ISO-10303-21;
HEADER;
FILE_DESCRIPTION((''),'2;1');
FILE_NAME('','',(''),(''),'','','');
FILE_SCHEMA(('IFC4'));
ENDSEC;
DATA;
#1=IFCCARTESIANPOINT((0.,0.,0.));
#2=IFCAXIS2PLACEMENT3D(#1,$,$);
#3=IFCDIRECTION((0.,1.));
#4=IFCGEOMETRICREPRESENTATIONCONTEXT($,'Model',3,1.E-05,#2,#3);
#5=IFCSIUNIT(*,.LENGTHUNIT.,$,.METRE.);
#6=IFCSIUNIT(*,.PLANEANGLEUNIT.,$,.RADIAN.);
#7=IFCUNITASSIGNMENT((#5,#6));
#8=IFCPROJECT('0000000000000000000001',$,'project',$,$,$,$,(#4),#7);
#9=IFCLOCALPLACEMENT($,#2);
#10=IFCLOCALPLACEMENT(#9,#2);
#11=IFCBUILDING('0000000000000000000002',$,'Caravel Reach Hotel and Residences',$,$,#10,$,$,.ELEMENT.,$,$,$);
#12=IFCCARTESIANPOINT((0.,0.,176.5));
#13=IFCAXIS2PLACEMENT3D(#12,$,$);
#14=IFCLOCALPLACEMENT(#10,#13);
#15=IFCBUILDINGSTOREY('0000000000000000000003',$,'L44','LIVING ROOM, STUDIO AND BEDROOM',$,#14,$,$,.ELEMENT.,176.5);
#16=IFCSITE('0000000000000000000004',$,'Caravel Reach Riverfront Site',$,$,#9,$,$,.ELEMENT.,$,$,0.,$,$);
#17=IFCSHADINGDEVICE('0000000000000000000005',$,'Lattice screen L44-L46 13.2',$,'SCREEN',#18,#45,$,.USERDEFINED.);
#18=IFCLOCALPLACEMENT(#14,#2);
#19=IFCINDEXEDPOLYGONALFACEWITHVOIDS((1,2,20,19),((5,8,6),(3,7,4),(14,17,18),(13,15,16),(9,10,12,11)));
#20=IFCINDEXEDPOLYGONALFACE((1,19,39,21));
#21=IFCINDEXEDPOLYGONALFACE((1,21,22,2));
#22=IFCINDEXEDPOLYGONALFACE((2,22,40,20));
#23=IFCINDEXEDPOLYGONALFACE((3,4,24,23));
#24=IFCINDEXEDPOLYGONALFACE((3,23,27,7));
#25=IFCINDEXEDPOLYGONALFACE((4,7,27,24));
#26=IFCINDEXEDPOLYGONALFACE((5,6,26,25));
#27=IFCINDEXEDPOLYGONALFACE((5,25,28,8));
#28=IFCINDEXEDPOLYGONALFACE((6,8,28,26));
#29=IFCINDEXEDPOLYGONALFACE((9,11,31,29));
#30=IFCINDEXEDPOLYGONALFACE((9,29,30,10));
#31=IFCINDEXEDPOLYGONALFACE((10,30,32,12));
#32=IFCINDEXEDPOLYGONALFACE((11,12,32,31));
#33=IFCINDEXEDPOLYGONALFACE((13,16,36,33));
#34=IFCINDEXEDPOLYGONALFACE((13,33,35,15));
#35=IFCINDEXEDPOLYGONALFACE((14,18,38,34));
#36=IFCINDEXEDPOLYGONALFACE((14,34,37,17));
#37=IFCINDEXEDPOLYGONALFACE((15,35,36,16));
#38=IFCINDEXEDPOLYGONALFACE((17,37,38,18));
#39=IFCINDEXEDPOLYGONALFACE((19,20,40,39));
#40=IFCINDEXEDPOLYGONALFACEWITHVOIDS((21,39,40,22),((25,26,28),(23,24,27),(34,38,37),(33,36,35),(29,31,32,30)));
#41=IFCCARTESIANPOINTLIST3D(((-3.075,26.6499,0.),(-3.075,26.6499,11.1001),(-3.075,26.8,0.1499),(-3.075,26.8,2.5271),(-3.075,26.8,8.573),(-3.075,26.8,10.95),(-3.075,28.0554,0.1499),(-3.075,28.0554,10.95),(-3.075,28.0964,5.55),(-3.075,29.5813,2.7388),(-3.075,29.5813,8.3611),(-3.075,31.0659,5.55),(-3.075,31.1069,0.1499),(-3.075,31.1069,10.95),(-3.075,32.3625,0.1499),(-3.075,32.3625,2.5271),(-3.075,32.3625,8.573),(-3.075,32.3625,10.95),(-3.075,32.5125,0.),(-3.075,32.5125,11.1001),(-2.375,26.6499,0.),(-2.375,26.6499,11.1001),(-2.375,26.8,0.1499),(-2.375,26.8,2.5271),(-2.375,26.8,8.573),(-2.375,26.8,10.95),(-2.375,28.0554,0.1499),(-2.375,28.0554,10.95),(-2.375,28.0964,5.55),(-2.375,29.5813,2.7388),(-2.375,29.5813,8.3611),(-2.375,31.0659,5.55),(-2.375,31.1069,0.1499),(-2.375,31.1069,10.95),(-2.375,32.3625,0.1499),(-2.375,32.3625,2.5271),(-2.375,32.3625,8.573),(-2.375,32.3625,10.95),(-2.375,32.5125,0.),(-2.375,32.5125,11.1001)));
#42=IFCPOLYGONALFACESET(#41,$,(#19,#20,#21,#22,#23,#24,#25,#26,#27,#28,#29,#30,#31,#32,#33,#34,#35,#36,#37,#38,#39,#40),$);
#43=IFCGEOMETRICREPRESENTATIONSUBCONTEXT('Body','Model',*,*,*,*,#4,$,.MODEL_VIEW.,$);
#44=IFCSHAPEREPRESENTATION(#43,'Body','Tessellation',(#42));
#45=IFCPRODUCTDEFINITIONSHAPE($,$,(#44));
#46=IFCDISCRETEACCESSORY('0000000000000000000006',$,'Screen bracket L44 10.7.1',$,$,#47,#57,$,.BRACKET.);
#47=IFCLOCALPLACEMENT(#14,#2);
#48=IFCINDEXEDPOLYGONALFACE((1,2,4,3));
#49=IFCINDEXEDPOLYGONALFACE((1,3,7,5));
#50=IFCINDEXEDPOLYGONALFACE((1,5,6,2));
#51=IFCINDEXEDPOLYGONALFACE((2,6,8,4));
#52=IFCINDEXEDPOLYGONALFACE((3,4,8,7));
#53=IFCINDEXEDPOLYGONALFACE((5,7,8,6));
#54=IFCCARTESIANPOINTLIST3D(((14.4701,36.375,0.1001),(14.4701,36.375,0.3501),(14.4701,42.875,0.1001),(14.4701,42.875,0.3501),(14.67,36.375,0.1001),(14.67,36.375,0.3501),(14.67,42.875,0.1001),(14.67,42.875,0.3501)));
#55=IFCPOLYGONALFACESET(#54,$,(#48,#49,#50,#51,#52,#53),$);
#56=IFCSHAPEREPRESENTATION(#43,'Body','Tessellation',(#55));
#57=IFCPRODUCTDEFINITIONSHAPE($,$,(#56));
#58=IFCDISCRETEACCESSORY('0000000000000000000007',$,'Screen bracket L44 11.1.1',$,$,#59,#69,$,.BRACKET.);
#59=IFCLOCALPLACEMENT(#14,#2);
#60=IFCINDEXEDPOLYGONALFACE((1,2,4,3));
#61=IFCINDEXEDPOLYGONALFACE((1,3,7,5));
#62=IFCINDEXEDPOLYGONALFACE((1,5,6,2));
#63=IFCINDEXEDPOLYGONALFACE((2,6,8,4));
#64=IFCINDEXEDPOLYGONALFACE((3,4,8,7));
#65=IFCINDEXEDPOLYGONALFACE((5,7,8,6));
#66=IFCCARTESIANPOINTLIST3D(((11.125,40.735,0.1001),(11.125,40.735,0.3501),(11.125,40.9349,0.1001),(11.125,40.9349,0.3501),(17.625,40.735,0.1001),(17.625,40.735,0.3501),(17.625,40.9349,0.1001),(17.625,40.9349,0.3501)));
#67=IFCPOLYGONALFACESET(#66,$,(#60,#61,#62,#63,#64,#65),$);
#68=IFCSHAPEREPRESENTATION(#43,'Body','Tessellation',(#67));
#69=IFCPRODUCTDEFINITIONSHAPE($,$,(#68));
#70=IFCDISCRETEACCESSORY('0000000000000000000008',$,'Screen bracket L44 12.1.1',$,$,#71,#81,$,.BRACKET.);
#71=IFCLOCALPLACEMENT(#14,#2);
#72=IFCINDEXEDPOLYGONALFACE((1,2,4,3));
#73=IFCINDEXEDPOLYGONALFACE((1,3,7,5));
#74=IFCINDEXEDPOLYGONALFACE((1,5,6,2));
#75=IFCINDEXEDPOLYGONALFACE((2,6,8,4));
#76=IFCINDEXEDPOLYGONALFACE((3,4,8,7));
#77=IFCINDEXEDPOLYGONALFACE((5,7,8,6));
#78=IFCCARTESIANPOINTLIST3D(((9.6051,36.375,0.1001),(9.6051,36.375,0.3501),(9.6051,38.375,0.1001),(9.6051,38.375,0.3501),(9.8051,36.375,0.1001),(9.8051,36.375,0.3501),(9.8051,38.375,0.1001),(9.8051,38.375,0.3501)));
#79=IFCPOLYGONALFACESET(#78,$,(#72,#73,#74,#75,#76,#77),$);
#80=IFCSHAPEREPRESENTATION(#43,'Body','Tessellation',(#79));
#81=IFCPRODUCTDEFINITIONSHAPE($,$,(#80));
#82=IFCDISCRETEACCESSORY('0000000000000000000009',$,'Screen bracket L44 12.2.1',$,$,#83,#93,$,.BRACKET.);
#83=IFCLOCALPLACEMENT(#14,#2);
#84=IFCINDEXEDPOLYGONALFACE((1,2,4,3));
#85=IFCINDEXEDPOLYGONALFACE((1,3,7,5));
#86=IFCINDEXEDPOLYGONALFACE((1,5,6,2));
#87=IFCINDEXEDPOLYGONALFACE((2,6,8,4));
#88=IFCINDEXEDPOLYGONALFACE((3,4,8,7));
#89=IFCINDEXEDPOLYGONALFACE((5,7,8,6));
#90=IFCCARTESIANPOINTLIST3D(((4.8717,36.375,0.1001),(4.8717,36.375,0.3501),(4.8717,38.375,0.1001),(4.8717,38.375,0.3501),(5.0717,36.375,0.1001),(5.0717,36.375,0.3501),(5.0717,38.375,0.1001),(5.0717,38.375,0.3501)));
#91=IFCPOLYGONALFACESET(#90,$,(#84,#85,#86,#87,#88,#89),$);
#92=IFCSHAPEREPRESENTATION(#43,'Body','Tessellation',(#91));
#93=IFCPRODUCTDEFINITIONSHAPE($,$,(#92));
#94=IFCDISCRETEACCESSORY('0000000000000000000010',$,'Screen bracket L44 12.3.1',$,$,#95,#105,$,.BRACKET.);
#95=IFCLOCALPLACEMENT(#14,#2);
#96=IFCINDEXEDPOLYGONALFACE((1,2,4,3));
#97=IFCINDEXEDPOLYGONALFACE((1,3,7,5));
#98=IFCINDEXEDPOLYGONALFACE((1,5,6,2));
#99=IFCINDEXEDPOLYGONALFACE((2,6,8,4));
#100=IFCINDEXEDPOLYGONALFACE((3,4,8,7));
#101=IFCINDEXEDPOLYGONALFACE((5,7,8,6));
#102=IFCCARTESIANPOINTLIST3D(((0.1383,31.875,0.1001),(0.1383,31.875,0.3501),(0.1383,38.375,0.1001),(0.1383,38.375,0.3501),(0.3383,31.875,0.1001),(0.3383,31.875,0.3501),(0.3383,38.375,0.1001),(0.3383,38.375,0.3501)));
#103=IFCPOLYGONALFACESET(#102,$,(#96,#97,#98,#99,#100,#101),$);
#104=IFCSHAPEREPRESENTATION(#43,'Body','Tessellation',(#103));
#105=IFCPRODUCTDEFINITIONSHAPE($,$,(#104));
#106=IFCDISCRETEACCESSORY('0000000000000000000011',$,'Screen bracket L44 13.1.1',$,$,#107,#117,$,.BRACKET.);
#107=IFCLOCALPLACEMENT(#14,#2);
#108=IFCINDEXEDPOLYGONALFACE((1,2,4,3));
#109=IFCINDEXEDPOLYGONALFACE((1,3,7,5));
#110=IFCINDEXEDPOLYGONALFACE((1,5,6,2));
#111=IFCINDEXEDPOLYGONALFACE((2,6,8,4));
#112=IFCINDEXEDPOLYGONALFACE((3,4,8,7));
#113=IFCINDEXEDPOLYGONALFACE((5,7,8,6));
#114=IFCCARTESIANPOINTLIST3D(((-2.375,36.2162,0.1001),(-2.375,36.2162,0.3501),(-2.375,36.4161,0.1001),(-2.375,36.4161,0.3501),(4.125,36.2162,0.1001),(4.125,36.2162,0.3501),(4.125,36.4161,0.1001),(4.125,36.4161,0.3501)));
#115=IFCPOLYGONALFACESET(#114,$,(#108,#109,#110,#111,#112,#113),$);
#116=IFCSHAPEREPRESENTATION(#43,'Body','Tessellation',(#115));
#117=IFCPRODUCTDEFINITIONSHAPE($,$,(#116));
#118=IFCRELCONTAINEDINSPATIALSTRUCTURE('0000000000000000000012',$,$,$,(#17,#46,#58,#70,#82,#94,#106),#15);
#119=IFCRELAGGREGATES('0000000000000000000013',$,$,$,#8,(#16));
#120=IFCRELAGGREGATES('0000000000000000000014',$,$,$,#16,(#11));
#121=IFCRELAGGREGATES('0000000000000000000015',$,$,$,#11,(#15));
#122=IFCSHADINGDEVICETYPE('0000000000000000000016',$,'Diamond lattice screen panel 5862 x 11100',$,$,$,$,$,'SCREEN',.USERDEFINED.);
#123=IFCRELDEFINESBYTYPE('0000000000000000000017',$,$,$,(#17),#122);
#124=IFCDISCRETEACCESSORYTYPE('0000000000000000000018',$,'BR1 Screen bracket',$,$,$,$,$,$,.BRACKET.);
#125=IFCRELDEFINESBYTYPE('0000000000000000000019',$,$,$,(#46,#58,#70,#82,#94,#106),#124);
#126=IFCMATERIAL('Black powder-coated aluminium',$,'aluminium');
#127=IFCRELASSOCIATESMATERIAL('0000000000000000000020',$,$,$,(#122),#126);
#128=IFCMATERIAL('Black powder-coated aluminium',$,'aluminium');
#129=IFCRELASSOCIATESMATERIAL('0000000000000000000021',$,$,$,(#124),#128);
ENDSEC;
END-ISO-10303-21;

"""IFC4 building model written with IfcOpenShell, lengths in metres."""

from ifc_helpers import new_model, si_unit, direction, frame, origin, origin_2d, place, context, subcontext, project, spatial, polyline, rectangle, outline, extrude, material, type_object, element, save


model = new_model("IFC4")

# Units and contexts
model_context = context("Model", 3, precision=1e-05, world=origin(), true_north=direction((0.0, 1.0)))
body_context = subcontext(model_context, "Body", "Model", "MODEL_VIEW")
ifc_project = project(units=[si_unit("LENGTHUNIT", "METRE"), si_unit("PLANEANGLEUNIT", "RADIAN")], contexts=[model_context])

# Site, building, storey
site_placement = place(None, origin())
site = spatial("IfcSite", under=ifc_project, at=site_placement, Name="Caravel Reach Riverfront Site", CompositionType="ELEMENT", RefElevation=0.0)
building_placement = place(site_placement, origin())
building = spatial("IfcBuilding", under=site, at=building_placement, Name="Caravel Reach Hotel and Residences", CompositionType="ELEMENT")
storey_placement = place(building_placement, frame((0.0, 0.0, 176.5)))
storey = spatial("IfcBuildingStorey", under=building, at=storey_placement, Name="L44", Description="LIVING ROOM, STUDIO AND BEDROOM", CompositionType="ELEMENT", Elevation=176.5)

# Shading device
ifc_material_1 = material(Name="Black powder-coated aluminium", Category="aluminium")
shading_device_type_1 = type_object("IfcShadingDeviceType", Name="Diamond lattice screen panel 5862 x 11100", ElementType="SCREEN", PredefinedType="USERDEFINED", material=ifc_material_1)
for number, where, z_axis, x_axis, name in (
    (1, (-2.375, 32.5125, 0.0), (-1.0, 0.0, 0.0), (0.0, -1.0, 0.0), "Lattice screen L44-L46 13.2"),
):
    element("IfcShadingDevice", number, at=place(storey_placement, frame(where, z_axis=z_axis, x_axis=x_axis)), inside=storey, type_object=shading_device_type_1, Name=name, ObjectType="SCREEN", PredefinedType="USERDEFINED", context=body_context, shape_type="SweptSolid", body=[
        extrude(outline(polyline([(0.0, 0.0), (5.8625, 0.0), (5.8625, 11.1001), (0.0, 11.1001), (0.0, 0.0)]), holes=[polyline([(1.4055, 0.1499), (0.1499, 2.5271), (0.1499, 0.1499), (1.4055, 0.1499)]), polyline([(0.1499, 8.573), (1.4055, 10.95), (0.1499, 10.95), (0.1499, 8.573)]), polyline([(2.9312, 8.3611), (1.4465, 5.55), (2.9312, 2.7388), (4.416, 5.55), (2.9312, 8.3611)]), polyline([(5.7124, 2.5271), (4.457, 0.1499), (5.7124, 0.1499), (5.7124, 2.5271)]), polyline([(4.457, 10.95), (5.7124, 8.573), (5.7124, 10.95), (4.457, 10.95)])]), origin(), (0.0, 0.0, 1.0), 0.7),
    ])

# Discrete accessories
ifc_material_2 = material(Name="Black powder-coated aluminium", Category="aluminium")
discrete_accessory_type = type_object("IfcDiscreteAccessoryType", Name="BR1 Screen bracket", PredefinedType="BRACKET", material=ifc_material_2)
for number, where, z_axis, x_axis, name in (
    (2, (14.5701, 39.625, 0.1001), (0.0, 0.0, 1.0), (0.0, 1.0, 0.0), "Screen bracket L44 10.7.1"),
    (3, (14.375, 40.835, 0.1001), (0.0, 0.0, 1.0), (-1.0, 0.0, 0.0), "Screen bracket L44 11.1.1"),
):
    element("IfcDiscreteAccessory", number, at=place(storey_placement, frame(where, z_axis=z_axis, x_axis=x_axis)), inside=storey, type_object=discrete_accessory_type, Name=name, PredefinedType="BRACKET", context=body_context, shape_type="SweptSolid", body=[
        extrude(rectangle(XDim=6.5, YDim=0.2, at=origin_2d()), origin(), (0.0, 0.0, 1.0), 0.25),
    ])
for number, where, z_axis, x_axis, name in (
    (4, (9.7051, 37.375, 0.1001), (0.0, 0.0, 1.0), (0.0, 1.0, 0.0), "Screen bracket L44 12.1.1"),
    (5, (4.9717, 37.375, 0.1001), (0.0, 0.0, 1.0), (0.0, 1.0, 0.0), "Screen bracket L44 12.2.1"),
):
    element("IfcDiscreteAccessory", number, at=place(storey_placement, frame(where, z_axis=z_axis, x_axis=x_axis)), inside=storey, type_object=discrete_accessory_type, Name=name, PredefinedType="BRACKET", context=body_context, shape_type="SweptSolid", body=[
        extrude(rectangle(XDim=2.0, YDim=0.2, at=origin_2d()), origin(), (0.0, 0.0, 1.0), 0.25),
    ])
for number, where, z_axis, x_axis, name in (
    (6, (0.2383, 35.125, 0.1001), (0.0, 0.0, 1.0), (0.0, 1.0, 0.0), "Screen bracket L44 12.3.1"),
    (7, (0.875, 36.3162, 0.1001), (0.0, 0.0, 1.0), (-1.0, 0.0, 0.0), "Screen bracket L44 13.1.1"),
):
    element("IfcDiscreteAccessory", number, at=place(storey_placement, frame(where, z_axis=z_axis, x_axis=x_axis)), inside=storey, type_object=discrete_accessory_type, Name=name, PredefinedType="BRACKET", context=body_context, shape_type="SweptSolid", body=[
        extrude(rectangle(XDim=6.5, YDim=0.2, at=origin_2d()), origin(), (0.0, 0.0, 1.0), 0.25),
    ])

save(model, "model.ifc")
